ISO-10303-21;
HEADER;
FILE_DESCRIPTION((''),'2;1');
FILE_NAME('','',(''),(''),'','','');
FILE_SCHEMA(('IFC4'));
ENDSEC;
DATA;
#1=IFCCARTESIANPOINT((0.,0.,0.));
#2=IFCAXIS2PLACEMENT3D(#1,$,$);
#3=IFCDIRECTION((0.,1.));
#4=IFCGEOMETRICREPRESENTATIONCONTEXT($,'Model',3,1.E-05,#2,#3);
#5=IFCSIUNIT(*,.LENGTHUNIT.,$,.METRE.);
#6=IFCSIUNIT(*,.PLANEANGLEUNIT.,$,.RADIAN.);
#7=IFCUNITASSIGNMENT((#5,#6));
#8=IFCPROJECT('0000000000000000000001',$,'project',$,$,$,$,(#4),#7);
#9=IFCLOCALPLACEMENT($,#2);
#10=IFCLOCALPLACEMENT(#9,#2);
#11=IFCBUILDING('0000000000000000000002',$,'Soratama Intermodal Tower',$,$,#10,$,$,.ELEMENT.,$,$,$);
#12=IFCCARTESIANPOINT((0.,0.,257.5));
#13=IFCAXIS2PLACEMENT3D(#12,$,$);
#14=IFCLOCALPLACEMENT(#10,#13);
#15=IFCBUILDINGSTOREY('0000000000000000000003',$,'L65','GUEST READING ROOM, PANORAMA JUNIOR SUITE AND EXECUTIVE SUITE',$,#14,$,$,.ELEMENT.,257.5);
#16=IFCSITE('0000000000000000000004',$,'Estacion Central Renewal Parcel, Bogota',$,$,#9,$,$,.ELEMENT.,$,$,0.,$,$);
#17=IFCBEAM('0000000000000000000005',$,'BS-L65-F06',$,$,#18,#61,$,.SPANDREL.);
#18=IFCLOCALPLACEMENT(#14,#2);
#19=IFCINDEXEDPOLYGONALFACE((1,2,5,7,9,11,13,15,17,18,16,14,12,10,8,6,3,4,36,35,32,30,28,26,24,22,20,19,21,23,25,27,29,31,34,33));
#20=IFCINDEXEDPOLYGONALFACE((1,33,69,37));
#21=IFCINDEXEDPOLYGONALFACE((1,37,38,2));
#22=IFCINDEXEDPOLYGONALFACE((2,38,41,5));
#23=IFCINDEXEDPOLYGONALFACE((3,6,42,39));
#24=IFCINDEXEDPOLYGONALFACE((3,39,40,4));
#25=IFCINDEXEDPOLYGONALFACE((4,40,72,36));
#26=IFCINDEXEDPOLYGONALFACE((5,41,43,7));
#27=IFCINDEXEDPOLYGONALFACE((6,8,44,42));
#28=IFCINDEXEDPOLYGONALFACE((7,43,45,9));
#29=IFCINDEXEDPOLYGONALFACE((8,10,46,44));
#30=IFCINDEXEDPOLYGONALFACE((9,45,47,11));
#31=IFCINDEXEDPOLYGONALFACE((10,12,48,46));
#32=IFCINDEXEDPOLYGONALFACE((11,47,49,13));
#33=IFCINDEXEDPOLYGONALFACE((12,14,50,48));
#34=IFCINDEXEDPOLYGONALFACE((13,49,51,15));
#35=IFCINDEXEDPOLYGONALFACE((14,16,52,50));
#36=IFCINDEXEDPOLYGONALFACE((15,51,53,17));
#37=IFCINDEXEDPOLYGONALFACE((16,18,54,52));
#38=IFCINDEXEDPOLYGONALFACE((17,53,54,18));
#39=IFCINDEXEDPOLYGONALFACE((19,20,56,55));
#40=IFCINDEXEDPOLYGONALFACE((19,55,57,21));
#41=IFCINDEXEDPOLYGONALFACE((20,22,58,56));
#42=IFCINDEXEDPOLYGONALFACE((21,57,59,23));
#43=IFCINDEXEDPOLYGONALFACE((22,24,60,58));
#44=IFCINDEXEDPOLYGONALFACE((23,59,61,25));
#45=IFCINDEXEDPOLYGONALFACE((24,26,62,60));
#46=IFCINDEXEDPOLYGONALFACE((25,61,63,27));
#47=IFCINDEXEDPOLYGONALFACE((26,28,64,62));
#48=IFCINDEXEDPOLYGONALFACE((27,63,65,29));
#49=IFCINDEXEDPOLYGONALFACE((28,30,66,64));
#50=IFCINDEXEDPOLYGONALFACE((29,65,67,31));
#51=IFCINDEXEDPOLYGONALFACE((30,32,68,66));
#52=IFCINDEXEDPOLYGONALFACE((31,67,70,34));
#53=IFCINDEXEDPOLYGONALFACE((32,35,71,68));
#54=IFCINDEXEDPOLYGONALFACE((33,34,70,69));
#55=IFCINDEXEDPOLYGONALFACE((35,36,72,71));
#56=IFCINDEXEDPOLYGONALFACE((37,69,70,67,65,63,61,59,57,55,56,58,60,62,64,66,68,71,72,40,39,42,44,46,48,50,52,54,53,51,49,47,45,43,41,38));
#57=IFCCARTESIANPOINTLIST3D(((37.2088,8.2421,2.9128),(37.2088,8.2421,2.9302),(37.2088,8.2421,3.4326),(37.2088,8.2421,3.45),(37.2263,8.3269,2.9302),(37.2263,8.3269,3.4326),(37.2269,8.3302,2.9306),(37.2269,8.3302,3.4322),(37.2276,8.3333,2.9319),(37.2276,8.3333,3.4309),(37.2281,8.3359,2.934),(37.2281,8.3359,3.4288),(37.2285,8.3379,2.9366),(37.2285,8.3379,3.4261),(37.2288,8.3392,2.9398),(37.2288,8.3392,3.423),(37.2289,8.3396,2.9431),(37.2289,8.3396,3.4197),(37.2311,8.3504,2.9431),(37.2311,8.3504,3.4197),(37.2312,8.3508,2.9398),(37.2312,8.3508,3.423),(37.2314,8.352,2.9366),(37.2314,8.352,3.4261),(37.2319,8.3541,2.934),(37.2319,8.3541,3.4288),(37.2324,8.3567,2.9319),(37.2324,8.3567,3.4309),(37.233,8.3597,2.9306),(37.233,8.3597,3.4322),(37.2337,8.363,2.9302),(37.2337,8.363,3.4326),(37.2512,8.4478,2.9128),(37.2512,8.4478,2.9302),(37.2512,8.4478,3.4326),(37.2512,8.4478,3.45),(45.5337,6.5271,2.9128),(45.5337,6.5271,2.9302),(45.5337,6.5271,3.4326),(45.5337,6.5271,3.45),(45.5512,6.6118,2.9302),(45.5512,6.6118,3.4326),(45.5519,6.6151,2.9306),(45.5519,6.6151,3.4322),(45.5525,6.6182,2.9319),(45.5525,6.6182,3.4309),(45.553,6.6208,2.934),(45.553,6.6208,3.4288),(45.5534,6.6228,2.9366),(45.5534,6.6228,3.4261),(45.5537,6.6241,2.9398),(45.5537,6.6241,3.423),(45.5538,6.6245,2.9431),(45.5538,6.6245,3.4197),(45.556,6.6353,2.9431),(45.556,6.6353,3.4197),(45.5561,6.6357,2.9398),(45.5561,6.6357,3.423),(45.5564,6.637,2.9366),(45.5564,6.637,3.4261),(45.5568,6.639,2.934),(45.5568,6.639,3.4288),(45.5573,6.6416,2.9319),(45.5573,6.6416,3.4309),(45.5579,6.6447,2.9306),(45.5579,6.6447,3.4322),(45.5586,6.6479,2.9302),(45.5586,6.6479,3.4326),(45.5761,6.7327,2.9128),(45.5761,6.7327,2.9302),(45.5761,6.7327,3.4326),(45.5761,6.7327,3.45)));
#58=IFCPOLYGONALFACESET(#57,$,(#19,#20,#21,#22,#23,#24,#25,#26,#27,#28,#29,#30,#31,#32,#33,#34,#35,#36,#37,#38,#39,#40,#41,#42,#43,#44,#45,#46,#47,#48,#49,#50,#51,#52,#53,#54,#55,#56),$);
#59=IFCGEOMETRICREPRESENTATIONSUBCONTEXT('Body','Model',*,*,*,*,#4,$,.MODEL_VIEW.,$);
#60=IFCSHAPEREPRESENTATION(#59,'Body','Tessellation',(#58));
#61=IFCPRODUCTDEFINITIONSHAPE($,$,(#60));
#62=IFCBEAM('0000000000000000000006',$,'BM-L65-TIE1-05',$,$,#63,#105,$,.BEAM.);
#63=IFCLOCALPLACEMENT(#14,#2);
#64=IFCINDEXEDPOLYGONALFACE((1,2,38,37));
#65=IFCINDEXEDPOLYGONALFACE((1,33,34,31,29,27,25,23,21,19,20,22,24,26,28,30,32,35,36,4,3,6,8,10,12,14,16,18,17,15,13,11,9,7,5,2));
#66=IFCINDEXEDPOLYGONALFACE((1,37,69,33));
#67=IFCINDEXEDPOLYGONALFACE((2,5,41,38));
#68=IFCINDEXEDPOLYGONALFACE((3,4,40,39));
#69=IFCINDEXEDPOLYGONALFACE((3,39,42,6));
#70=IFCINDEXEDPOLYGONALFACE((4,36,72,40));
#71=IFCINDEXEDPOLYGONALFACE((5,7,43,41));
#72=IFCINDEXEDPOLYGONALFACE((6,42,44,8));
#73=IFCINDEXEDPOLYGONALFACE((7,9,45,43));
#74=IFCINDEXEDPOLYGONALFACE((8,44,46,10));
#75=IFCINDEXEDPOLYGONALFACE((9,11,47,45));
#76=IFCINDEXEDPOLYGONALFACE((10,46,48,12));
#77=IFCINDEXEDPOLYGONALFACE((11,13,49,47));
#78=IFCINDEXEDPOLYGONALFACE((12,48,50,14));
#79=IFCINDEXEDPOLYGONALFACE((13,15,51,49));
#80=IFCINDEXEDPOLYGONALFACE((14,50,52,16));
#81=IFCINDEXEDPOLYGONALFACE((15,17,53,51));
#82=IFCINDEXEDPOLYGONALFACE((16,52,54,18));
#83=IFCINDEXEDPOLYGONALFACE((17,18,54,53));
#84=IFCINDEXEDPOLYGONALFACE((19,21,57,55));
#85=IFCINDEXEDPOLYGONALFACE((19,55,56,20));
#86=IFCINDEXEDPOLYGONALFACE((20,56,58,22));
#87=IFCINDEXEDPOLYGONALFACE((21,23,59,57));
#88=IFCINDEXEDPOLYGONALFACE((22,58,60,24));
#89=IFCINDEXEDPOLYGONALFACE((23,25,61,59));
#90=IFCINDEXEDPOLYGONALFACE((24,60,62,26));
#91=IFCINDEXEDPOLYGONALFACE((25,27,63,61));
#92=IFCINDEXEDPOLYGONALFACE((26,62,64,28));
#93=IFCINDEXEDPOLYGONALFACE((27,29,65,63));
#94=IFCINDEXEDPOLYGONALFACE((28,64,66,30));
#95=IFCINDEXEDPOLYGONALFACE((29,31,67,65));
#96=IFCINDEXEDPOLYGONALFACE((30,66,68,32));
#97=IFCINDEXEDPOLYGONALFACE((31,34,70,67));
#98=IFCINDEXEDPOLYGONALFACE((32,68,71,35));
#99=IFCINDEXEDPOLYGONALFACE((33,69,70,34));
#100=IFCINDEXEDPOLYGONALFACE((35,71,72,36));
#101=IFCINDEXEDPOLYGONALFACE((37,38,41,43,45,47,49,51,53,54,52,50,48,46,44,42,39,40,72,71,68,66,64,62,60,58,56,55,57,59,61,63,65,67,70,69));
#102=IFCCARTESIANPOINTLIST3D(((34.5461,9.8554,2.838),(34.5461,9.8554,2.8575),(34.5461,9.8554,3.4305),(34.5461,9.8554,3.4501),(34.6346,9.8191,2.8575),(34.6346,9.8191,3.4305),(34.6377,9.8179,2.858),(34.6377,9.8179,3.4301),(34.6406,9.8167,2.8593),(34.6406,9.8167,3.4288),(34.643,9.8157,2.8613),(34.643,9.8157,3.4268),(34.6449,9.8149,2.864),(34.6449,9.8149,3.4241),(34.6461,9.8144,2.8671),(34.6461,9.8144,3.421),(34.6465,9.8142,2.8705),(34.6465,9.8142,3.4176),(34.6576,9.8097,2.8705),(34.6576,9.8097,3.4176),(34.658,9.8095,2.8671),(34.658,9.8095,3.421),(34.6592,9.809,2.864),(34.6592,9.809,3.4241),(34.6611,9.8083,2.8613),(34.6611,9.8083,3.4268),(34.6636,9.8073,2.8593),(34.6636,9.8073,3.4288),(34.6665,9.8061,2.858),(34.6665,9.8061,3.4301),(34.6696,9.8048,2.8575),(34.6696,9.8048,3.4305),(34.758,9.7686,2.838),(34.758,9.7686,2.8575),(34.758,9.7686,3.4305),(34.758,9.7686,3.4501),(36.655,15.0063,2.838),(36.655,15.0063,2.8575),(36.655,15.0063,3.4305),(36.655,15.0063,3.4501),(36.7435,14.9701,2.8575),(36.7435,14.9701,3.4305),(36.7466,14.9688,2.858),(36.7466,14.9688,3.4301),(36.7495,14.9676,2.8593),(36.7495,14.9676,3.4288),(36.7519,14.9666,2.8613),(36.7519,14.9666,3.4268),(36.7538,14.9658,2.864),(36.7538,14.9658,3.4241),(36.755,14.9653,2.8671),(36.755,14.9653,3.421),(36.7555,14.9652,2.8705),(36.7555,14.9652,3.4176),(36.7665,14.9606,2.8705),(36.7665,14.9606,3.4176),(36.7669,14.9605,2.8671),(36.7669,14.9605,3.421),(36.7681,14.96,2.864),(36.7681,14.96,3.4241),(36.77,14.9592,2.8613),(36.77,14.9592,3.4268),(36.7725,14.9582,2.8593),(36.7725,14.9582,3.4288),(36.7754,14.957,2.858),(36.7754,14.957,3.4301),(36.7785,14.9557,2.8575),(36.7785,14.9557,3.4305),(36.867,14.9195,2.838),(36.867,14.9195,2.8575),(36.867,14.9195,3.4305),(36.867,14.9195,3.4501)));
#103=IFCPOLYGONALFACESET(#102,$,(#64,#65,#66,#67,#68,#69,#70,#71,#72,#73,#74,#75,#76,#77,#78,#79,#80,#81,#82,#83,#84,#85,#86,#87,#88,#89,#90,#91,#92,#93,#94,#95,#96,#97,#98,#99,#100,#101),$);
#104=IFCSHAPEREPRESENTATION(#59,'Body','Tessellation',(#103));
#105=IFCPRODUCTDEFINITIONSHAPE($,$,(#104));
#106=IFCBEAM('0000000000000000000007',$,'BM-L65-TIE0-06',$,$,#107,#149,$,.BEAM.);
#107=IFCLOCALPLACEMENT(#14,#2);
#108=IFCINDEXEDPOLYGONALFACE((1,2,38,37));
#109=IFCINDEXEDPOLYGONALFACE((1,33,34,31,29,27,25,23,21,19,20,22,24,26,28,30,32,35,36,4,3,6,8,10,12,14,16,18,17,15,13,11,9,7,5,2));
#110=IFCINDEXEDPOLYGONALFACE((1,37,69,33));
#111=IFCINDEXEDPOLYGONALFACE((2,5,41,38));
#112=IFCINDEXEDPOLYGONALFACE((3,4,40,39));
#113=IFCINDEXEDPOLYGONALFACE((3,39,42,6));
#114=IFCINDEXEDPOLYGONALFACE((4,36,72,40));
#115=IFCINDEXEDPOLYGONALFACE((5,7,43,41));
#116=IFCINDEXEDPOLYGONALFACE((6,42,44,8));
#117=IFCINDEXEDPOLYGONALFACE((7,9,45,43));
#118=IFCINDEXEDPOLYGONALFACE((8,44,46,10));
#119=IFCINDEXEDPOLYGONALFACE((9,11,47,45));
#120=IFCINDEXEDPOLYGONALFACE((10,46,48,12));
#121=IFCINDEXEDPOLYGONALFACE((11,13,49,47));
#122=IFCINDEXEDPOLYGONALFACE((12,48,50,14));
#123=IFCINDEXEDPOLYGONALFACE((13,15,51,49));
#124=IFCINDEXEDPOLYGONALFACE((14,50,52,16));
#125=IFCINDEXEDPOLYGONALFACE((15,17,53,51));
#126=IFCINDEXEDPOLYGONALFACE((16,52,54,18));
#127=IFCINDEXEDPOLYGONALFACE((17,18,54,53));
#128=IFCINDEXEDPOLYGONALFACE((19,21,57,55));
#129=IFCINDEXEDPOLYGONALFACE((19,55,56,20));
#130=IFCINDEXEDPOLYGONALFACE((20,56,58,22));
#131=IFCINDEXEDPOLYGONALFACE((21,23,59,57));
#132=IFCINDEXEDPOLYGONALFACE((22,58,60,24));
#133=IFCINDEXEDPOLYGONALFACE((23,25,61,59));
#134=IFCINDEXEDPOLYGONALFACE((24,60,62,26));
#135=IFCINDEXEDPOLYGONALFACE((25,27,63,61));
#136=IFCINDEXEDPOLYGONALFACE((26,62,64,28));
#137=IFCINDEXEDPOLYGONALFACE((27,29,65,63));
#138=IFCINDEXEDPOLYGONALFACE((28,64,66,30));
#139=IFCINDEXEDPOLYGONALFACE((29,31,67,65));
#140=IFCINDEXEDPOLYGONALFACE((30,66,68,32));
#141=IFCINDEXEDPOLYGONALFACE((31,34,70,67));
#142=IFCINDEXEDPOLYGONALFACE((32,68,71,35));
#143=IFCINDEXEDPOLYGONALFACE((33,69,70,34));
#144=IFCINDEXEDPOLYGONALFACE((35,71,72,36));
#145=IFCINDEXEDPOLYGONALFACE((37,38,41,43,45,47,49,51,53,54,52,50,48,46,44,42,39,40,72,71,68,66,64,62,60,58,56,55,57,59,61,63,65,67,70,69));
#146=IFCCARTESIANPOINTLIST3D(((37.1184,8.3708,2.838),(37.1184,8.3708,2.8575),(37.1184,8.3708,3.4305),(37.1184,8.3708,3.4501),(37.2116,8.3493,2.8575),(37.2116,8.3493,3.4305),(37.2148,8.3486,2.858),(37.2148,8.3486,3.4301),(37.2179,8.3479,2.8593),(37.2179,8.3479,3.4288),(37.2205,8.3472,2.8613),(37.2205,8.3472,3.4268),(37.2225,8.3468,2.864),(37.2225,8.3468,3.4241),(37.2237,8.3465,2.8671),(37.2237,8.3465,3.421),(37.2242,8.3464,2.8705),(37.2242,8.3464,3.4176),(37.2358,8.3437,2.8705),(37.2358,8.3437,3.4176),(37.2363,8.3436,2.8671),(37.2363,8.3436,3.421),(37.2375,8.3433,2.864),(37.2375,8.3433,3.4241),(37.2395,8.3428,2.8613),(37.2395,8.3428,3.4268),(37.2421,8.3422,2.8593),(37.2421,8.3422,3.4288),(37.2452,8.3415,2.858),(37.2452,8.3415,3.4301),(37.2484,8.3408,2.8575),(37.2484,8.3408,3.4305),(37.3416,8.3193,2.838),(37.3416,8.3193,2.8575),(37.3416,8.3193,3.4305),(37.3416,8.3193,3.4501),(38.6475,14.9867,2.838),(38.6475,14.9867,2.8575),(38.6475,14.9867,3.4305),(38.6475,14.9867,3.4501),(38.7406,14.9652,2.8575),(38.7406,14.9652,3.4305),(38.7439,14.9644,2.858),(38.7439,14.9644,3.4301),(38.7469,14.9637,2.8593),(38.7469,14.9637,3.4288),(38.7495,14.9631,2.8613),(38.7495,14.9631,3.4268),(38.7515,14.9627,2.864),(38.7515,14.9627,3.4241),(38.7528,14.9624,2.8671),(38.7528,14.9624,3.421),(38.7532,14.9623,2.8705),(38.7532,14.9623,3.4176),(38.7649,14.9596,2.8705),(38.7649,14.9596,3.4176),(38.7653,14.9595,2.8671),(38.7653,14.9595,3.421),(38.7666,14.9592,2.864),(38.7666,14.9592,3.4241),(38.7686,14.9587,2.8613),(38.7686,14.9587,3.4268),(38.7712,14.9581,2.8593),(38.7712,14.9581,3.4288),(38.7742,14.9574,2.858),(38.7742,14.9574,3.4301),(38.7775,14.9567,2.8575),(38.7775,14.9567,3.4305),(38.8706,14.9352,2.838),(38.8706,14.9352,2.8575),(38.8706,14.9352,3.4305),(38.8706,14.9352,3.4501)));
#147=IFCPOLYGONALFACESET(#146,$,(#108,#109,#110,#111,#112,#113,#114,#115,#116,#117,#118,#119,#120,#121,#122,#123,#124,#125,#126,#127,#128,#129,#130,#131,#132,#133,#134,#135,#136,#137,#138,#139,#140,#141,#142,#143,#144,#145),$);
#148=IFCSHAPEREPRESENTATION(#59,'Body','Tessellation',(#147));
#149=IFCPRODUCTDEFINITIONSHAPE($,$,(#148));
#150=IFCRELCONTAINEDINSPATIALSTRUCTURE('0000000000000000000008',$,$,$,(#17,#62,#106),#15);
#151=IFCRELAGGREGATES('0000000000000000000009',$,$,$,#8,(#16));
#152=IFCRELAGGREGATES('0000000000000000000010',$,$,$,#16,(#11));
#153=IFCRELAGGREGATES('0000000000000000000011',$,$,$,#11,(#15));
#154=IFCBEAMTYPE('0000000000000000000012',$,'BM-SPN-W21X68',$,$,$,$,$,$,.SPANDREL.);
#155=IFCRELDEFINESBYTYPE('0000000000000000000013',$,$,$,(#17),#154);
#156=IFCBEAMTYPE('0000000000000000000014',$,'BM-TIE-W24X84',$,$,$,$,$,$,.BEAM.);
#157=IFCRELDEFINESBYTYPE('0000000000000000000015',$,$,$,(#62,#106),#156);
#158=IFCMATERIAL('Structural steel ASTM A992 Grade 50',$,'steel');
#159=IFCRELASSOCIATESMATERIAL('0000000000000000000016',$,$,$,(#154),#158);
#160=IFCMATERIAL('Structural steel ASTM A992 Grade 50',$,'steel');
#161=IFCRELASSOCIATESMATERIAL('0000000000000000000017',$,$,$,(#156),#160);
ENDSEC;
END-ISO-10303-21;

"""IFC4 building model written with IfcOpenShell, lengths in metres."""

from ifc_helpers import new_model, si_unit, direction, frame, origin, origin_2d, place, context, subcontext, project, spatial, i_section, extrude, material, material_profile, profile_set, type_object, element, save


model = new_model("IFC4")

# Units and contexts
model_context = context("Model", 3, precision=1e-05, world=origin(), true_north=direction((0.0, 1.0)))
body_context = subcontext(model_context, "Body", "Model", "MODEL_VIEW")
ifc_project = project(units=[si_unit("LENGTHUNIT", "METRE"), si_unit("PLANEANGLEUNIT", "RADIAN")], contexts=[model_context])

# Site, building, storey
site_placement = place(None, origin())
site = spatial("IfcSite", under=ifc_project, at=site_placement, Name="Estacion Central Renewal Parcel, Bogota", CompositionType="ELEMENT", RefElevation=0.0)
building_placement = place(site_placement, origin())
building = spatial("IfcBuilding", under=site, at=building_placement, Name="Soratama Intermodal Tower", CompositionType="ELEMENT")
storey_placement = place(building_placement, frame((0.0, 0.0, 257.5)))
storey = spatial("IfcBuildingStorey", under=building, at=storey_placement, Name="L65", Description="GUEST READING ROOM, PANORAMA JUNIOR SUITE AND EXECUTIVE SUITE", CompositionType="ELEMENT", Elevation=257.5)

# Beams
ifc_material_1 = material(Name="Structural steel ASTM A992 Grade 50", Category="steel")
ifc_material_profile_1 = material_profile(ifc_material_1, i_section(OverallWidth=0.21, OverallDepth=0.5371, WebThickness=0.011, FlangeThickness=0.0173, FilletRadius=0.0129, at=origin_2d()), Name="W21X68")
ifc_profile_set_1 = profile_set([ifc_material_profile_1], Name="Structural steel ASTM A992 Grade 50")
beam_type_1 = type_object("IfcBeamType", Name="BM-SPN-W21X68", PredefinedType="SPANDREL", material=ifc_profile_set_1)
beam_1_placement = place(storey_placement, frame((37.23, 8.345, 3.1814), z_axis=(0.979431, -0.20178, 0.0), x_axis=(0.20178, 0.979431, 0.0)))
element("IfcBeam", 1, at=beam_1_placement, inside=storey, type_object=beam_type_1, Name="BS-L65-F06", PredefinedType="SPANDREL", context=body_context, shape_type="SweptSolid", body=[
    extrude(i_section(OverallWidth=0.21, OverallDepth=0.5371, WebThickness=0.011, FlangeThickness=0.0173, FilletRadius=0.0129, at=origin_2d()), origin(), (0.0, 0.0, 1.0), 8.4998),
])
ifc_material_2 = material(Name="Structural steel ASTM A992 Grade 50", Category="steel")
ifc_material_profile_2 = material_profile(ifc_material_2, i_section(OverallWidth=0.229, OverallDepth=0.6121, WebThickness=0.012, FlangeThickness=0.0195, FilletRadius=0.0129, at=origin_2d()), Name="W24X84")
ifc_profile_set_2 = profile_set([ifc_material_profile_2], Name="Structural steel ASTM A992 Grade 50")
beam_type_2 = type_object("IfcBeamType", Name="BM-TIE-W24X84", PredefinedType="BEAM", material=ifc_profile_set_2)
beam_2_placement = place(storey_placement, frame((36.761, 14.9629, 3.144), z_axis=(-0.378896, -0.925439, 0.0), x_axis=(0.925439, -0.378896, 0.0)))
element("IfcBeam", 2, at=beam_2_placement, inside=storey, type_object=beam_type_2, Name="BM-L65-TIE1-05", PredefinedType="BEAM", context=body_context, shape_type="SweptSolid", body=[
    extrude(i_section(OverallWidth=0.229, OverallDepth=0.6121, WebThickness=0.012, FlangeThickness=0.0195, FilletRadius=0.0129, at=origin_2d()), origin(), (0.0, 0.0, 1.0), 5.5659),
])
beam_3_placement = place(storey_placement, frame((38.759, 14.9609, 3.144), z_axis=(-0.22518, -0.974317, 0.0), x_axis=(0.974317, -0.22518, 0.0)))
element("IfcBeam", 3, at=beam_3_placement, inside=storey, type_object=beam_type_2, Name="BM-L65-TIE0-06", PredefinedType="BEAM", context=body_context, shape_type="SweptSolid", body=[
    extrude(i_section(OverallWidth=0.229, OverallDepth=0.6121, WebThickness=0.012, FlangeThickness=0.0195, FilletRadius=0.0129, at=origin_2d()), origin(), (0.0, 0.0, 1.0), 6.7903),
])

save(model, "model.ifc")
